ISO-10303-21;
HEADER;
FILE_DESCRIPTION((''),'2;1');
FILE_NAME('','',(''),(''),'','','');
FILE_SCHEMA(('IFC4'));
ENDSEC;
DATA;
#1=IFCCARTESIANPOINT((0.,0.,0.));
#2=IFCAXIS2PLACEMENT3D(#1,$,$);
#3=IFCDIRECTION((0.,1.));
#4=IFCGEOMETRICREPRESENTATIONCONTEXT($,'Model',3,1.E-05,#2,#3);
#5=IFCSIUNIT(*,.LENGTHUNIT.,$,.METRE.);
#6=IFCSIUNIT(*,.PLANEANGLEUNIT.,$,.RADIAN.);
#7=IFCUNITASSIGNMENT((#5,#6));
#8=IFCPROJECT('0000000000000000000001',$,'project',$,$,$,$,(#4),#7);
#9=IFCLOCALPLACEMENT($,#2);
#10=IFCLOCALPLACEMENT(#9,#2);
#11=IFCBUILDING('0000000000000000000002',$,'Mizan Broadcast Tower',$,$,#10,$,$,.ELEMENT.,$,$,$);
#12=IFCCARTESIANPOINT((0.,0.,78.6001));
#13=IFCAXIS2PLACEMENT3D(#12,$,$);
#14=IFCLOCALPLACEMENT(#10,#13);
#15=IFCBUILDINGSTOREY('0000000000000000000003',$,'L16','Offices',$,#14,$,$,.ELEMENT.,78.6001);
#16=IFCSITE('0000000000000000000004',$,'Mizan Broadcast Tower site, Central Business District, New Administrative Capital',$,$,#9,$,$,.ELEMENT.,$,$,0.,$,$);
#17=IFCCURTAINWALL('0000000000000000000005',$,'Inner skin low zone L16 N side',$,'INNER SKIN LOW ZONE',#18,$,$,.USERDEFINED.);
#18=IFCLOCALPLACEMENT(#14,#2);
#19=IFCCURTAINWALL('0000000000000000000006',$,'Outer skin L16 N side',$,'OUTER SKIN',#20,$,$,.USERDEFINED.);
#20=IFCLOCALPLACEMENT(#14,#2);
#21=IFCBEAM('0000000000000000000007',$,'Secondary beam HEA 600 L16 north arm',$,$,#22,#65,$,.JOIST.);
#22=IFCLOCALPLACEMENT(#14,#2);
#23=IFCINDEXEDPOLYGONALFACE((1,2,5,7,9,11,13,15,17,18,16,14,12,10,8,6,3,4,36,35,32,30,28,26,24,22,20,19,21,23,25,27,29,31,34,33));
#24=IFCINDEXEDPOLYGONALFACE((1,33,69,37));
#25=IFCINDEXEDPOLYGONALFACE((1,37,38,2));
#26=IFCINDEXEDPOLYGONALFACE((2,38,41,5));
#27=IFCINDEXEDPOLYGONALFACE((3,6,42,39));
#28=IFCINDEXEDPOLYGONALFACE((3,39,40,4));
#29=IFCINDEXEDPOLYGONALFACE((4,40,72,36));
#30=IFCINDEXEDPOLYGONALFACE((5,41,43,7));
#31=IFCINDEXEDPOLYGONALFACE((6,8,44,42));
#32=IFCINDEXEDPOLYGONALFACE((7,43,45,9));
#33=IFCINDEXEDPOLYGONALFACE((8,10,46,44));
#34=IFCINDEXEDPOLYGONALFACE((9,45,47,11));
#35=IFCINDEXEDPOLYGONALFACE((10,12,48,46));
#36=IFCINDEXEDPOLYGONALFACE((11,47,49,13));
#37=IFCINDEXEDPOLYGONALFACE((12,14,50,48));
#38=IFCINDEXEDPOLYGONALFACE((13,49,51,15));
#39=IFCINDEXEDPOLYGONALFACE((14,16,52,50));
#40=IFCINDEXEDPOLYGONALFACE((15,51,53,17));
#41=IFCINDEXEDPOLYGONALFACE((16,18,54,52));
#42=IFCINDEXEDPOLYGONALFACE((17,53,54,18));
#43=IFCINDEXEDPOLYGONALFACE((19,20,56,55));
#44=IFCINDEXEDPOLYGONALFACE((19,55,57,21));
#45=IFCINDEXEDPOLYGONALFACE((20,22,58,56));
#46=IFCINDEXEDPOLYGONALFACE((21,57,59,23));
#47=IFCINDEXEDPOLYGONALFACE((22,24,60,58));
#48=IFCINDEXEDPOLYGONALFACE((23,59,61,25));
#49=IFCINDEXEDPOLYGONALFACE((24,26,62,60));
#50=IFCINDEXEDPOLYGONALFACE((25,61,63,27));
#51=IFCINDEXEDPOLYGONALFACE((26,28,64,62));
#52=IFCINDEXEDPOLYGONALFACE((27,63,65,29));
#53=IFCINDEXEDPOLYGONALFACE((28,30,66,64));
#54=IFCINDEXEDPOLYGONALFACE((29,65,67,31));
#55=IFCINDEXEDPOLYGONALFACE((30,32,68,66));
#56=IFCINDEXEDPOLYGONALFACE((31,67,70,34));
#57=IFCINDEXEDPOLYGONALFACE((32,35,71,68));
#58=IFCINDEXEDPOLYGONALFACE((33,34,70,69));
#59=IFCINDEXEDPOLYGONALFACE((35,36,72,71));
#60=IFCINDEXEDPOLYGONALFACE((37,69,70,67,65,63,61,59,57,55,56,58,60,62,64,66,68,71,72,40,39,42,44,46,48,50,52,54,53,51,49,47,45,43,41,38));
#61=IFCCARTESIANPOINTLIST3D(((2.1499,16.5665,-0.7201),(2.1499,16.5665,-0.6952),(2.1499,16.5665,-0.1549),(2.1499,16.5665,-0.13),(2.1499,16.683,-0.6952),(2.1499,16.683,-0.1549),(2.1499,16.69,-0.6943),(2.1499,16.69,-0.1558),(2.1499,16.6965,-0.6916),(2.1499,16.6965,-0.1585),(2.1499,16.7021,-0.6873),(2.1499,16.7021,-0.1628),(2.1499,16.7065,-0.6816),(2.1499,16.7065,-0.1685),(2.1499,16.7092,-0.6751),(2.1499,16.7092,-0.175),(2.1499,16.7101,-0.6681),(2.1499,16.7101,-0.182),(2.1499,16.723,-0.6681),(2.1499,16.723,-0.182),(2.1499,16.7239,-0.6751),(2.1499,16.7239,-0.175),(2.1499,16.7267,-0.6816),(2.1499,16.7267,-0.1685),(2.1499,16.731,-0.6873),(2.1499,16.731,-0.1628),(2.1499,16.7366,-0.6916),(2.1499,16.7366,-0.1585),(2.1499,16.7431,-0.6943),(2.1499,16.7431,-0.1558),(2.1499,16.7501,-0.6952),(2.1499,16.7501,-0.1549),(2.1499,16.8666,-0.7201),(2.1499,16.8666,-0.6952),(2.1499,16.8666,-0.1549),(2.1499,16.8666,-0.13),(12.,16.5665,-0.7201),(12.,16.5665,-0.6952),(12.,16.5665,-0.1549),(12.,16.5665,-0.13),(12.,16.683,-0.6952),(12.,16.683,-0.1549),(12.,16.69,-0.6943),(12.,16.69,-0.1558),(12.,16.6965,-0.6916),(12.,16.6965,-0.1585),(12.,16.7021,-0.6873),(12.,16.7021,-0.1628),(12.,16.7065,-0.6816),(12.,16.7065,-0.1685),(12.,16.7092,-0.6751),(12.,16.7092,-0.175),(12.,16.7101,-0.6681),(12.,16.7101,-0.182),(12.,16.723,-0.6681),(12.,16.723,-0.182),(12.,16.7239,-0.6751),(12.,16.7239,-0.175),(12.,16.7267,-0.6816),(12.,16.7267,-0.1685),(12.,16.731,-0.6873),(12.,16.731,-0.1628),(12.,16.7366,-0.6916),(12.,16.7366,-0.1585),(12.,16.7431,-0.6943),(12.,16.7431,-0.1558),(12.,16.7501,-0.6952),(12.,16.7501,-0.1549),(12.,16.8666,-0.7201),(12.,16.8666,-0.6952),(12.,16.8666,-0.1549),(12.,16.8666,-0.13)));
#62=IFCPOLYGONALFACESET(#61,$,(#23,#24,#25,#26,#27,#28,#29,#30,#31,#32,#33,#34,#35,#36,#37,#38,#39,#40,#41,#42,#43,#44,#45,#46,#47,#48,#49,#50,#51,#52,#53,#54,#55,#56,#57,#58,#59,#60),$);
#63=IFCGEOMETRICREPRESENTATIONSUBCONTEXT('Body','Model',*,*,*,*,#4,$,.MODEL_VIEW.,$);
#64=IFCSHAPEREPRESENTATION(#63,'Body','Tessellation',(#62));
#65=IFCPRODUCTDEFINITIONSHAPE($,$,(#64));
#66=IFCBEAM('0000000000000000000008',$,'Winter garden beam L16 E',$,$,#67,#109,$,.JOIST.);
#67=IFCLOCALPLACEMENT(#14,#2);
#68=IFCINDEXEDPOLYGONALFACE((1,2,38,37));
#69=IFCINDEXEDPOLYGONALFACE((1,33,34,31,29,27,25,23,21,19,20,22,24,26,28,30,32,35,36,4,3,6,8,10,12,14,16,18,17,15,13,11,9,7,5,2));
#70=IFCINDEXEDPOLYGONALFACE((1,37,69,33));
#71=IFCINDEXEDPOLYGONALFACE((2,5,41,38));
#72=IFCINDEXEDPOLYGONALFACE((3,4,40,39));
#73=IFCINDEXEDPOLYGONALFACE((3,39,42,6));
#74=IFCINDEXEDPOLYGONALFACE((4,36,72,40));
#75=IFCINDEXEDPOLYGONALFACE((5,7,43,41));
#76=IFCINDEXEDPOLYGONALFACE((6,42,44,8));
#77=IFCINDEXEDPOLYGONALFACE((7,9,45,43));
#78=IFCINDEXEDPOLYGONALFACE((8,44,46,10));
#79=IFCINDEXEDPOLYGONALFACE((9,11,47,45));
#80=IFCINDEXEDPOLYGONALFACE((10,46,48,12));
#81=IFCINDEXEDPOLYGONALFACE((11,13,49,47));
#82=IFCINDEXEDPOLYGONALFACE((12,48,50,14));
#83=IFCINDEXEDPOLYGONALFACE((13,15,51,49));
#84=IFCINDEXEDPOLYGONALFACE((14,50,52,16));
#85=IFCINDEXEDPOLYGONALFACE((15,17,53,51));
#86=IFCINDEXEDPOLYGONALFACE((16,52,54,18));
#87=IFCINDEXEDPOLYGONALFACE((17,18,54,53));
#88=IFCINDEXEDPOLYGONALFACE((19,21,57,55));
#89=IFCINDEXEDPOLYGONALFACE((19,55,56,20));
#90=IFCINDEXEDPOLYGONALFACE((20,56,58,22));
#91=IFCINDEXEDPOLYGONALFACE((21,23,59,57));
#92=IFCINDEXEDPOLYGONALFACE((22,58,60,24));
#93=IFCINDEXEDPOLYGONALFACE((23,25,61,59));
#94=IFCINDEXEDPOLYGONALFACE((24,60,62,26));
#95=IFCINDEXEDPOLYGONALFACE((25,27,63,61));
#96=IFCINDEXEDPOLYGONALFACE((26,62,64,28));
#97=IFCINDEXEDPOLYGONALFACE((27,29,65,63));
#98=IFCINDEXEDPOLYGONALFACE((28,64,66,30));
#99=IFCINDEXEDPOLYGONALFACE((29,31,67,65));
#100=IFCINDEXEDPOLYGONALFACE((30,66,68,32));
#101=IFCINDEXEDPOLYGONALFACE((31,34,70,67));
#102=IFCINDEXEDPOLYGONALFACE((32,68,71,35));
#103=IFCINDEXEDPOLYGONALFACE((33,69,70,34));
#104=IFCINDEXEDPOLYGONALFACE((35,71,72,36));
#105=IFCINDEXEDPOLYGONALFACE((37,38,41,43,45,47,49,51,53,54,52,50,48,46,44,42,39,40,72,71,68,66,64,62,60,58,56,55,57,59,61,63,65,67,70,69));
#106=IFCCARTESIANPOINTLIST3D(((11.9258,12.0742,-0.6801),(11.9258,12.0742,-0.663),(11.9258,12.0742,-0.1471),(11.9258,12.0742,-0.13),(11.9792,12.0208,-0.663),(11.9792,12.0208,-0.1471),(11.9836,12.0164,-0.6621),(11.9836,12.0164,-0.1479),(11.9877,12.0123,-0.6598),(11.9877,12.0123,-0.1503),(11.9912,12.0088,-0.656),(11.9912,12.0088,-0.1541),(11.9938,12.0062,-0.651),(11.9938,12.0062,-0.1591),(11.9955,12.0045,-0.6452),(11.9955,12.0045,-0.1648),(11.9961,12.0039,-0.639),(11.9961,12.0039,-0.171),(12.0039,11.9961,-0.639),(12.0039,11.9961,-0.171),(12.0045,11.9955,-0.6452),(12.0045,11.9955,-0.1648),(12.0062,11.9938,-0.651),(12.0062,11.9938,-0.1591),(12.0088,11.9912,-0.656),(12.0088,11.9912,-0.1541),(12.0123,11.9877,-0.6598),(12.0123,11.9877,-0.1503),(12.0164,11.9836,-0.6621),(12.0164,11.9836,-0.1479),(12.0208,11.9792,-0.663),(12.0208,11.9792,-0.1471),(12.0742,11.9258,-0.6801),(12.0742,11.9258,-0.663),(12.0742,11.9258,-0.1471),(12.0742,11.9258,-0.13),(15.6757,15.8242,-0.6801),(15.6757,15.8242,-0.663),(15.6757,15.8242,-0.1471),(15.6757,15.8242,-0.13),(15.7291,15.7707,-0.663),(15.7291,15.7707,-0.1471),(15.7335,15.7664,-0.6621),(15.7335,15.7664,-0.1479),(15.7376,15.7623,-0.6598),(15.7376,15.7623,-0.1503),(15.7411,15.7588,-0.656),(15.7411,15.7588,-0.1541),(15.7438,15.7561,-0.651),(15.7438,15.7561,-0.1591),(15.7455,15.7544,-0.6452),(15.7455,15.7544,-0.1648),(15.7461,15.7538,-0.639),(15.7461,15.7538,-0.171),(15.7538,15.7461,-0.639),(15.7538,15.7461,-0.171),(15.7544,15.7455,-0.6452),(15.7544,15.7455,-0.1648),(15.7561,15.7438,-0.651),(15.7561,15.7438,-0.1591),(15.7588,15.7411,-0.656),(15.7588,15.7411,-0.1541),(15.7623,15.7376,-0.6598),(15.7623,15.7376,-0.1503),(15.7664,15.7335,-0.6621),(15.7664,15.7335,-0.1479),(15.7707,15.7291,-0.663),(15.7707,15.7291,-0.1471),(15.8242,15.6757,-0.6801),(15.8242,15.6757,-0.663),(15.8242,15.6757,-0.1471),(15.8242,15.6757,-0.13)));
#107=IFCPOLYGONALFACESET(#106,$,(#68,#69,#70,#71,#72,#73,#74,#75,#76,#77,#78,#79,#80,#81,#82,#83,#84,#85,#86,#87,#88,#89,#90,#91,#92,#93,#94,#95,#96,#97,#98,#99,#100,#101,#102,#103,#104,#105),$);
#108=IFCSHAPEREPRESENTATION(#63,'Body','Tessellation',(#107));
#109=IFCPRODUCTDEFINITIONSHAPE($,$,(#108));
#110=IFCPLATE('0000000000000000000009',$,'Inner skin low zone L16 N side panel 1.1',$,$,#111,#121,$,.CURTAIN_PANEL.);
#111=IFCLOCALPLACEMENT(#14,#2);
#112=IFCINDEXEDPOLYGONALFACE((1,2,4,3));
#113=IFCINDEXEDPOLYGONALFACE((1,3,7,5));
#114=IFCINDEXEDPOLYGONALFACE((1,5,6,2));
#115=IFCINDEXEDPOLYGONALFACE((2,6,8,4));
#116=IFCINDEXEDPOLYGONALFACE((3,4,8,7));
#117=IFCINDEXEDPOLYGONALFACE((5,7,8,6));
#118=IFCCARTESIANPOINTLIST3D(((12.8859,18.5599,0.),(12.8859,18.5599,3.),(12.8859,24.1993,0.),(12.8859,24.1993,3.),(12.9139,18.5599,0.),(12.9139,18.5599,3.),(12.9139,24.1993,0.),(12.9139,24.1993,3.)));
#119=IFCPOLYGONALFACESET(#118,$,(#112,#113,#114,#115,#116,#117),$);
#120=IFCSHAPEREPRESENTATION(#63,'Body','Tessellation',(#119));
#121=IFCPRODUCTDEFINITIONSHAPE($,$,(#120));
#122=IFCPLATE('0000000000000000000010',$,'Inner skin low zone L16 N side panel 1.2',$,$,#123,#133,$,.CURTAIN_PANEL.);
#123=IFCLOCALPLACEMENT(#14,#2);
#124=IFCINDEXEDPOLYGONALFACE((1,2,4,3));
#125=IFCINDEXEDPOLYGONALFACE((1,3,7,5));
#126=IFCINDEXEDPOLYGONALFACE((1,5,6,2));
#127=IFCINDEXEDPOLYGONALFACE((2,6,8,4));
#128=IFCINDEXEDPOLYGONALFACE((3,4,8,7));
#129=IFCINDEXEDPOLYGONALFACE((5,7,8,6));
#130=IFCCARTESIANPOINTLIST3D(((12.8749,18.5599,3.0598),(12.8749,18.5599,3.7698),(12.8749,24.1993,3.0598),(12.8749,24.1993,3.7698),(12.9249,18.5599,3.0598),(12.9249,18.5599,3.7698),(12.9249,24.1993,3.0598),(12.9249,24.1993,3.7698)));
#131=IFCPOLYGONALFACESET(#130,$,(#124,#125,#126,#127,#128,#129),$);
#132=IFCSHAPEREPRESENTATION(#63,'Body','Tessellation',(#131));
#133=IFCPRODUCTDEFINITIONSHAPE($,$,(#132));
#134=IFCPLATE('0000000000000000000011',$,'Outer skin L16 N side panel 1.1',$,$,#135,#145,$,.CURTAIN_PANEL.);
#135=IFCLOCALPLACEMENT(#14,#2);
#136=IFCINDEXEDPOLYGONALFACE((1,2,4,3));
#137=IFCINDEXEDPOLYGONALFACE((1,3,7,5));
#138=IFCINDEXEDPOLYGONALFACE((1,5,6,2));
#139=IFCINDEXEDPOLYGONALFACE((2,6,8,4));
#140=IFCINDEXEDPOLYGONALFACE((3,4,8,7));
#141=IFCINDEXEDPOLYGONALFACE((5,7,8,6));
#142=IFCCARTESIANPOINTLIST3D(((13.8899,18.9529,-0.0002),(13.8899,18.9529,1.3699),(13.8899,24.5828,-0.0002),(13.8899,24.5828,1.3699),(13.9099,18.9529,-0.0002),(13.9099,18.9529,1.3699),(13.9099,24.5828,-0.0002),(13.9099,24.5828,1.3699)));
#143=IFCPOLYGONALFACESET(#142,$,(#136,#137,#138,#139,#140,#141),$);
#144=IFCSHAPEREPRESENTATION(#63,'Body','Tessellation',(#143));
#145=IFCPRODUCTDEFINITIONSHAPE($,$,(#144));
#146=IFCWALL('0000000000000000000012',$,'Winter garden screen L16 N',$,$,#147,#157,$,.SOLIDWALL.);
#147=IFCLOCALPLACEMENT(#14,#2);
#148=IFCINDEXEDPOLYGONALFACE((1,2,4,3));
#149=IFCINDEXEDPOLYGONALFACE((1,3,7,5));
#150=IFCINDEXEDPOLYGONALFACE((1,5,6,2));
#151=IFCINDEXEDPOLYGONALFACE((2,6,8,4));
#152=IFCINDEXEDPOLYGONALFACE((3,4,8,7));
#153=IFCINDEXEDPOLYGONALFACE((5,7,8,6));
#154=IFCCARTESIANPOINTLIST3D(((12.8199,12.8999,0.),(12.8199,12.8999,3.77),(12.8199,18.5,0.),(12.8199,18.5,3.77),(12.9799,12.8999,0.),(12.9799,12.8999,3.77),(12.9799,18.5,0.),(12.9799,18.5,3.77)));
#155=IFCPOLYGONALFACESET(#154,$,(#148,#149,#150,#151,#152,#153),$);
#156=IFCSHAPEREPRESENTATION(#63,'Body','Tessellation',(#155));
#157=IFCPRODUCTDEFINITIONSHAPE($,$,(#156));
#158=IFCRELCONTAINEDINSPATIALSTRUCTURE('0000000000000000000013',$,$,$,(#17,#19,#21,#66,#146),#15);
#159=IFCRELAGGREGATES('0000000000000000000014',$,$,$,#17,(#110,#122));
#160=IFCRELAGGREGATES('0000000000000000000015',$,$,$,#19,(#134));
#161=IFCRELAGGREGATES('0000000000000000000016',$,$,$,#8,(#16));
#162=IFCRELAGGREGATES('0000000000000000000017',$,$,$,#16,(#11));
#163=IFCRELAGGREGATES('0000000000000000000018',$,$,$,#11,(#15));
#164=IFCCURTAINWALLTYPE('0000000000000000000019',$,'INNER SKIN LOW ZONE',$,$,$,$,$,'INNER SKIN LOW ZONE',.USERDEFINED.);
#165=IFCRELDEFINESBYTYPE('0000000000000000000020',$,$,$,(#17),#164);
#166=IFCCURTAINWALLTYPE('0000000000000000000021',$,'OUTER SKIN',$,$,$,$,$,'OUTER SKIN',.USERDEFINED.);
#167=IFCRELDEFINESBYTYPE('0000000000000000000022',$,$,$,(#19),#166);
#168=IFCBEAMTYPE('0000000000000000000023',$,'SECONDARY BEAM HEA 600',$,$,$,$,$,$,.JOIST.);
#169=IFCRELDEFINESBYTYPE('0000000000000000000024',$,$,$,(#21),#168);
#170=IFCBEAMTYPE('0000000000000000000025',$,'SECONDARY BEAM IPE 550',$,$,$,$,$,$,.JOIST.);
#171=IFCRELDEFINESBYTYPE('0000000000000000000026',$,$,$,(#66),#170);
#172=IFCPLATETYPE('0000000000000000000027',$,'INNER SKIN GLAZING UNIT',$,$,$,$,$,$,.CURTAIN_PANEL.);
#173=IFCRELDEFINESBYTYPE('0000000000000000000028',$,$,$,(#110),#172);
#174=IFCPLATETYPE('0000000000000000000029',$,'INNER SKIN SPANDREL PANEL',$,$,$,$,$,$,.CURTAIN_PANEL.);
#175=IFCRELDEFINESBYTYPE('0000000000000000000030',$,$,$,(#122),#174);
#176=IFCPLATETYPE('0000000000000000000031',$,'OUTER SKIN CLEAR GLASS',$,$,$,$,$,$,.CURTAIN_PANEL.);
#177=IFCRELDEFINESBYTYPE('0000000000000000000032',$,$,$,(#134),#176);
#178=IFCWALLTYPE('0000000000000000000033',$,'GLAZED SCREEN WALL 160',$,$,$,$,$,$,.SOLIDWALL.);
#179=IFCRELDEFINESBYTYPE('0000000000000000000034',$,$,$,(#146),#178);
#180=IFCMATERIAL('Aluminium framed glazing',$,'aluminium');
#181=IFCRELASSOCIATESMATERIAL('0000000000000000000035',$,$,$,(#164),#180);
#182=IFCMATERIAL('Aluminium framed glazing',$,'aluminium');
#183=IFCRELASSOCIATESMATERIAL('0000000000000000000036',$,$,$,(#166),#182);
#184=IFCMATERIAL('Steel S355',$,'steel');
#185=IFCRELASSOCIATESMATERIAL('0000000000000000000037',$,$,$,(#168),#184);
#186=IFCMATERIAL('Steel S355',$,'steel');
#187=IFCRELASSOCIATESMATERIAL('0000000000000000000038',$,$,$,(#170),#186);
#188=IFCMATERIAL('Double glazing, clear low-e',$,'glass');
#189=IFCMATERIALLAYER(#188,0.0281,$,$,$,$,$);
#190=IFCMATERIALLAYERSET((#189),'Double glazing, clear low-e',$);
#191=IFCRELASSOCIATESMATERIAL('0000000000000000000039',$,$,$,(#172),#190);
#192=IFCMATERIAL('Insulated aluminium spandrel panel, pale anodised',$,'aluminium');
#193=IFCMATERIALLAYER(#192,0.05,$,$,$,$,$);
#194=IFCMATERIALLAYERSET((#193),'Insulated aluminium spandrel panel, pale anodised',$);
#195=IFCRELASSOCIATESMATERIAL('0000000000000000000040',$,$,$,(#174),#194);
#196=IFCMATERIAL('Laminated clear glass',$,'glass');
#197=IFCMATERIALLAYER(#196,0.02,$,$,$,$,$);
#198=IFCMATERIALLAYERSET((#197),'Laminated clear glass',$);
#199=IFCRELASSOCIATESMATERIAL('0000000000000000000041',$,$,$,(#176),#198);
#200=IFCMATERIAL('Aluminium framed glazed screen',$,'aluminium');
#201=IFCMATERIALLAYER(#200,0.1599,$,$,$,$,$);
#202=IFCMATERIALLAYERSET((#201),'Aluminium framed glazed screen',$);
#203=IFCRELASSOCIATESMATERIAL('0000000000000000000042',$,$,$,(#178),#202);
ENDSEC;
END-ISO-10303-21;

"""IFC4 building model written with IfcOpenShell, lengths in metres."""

from ifc_helpers import new_model, si_unit, direction, frame, frame_2d, origin, origin_2d, place, context, subcontext, project, spatial, rectangle, i_section, extrude, material, layer, layer_set, material_profile, profile_set, type_object, element, aggregate, save


model = new_model("IFC4")

# Units and contexts
model_context = context("Model", 3, precision=1e-05, world=origin(), true_north=direction((0.0, 1.0)))
body_context = subcontext(model_context, "Body", "Model", "MODEL_VIEW")
ifc_project = project(units=[si_unit("LENGTHUNIT", "METRE"), si_unit("PLANEANGLEUNIT", "RADIAN")], contexts=[model_context])

# Site, building, storey
site_placement = place(None, origin())
site = spatial("IfcSite", under=ifc_project, at=site_placement, Name="Mizan Broadcast Tower site, Central Business District, New Administrative Capital", CompositionType="ELEMENT", RefElevation=0.0)
building_placement = place(site_placement, origin())
building = spatial("IfcBuilding", under=site, at=building_placement, Name="Mizan Broadcast Tower", CompositionType="ELEMENT")
storey_placement = place(building_placement, frame((0.0, 0.0, 78.6001)))
storey = spatial("IfcBuildingStorey", under=building, at=storey_placement, Name="L16", Description="Offices", CompositionType="ELEMENT", Elevation=78.6001)

# Curtain walls
ifc_material_1 = material(Name="Aluminium framed glazing", Category="aluminium")
curtain_wall_type_1 = type_object("IfcCurtainWallType", Name="INNER SKIN LOW ZONE", ElementType="INNER SKIN LOW ZONE", PredefinedType="USERDEFINED", material=ifc_material_1)
curtain_wall_1_placement = place(storey_placement, origin())
curtain_wall_1 = element("IfcCurtainWall", 1, at=curtain_wall_1_placement, inside=storey, type_object=curtain_wall_type_1, Name="Inner skin low zone L16 N side", ObjectType="INNER SKIN LOW ZONE", PredefinedType="USERDEFINED")
ifc_material_2 = material(Name="Aluminium framed glazing", Category="aluminium")
curtain_wall_type_2 = type_object("IfcCurtainWallType", Name="OUTER SKIN", ElementType="OUTER SKIN", PredefinedType="USERDEFINED", material=ifc_material_2)
curtain_wall_2_placement = place(storey_placement, origin())
curtain_wall_2 = element("IfcCurtainWall", 2, at=curtain_wall_2_placement, inside=storey, type_object=curtain_wall_type_2, Name="Outer skin L16 N side", ObjectType="OUTER SKIN", PredefinedType="USERDEFINED")

# Beams
ifc_material_3 = material(Name="Steel S355", Category="steel")
ifc_material_profile_1 = material_profile(ifc_material_3, i_section(OverallWidth=0.3, OverallDepth=0.5901, WebThickness=0.0129, FlangeThickness=0.0249, FilletRadius=0.0271, at=origin_2d()), Name="HEA 600")
ifc_profile_set_1 = profile_set([ifc_material_profile_1], Name="Steel S355")
beam_type_1 = type_object("IfcBeamType", Name="SECONDARY BEAM HEA 600", PredefinedType="JOIST", material=ifc_profile_set_1)
for number, where, z_axis, x_axis, name in (
    (3, (12.0, 16.7166, -0.425), (-1.0, 0.0, 0.0), (0.0, -1.0, 0.0), "Secondary beam HEA 600 L16 north arm"),
):
    element("IfcBeam", number, at=place(storey_placement, frame(where, z_axis=z_axis, x_axis=x_axis)), inside=storey, type_object=beam_type_1, Name=name, PredefinedType="JOIST", context=body_context, shape_type="SweptSolid", body=[
        extrude(i_section(OverallWidth=0.3, OverallDepth=0.5901, WebThickness=0.0129, FlangeThickness=0.0249, FilletRadius=0.0271, at=origin_2d()), origin(), (0.0, 0.0, 1.0), 9.8501),
    ])
ifc_material_4 = material(Name="Steel S355", Category="steel")
ifc_material_profile_2 = material_profile(ifc_material_4, i_section(OverallWidth=0.21, OverallDepth=0.55, WebThickness=0.011, FlangeThickness=0.0171, FilletRadius=0.0239, at=origin_2d()), Name="IPE 550")
ifc_profile_set_2 = profile_set([ifc_material_profile_2], Name="Steel S355")
beam_type_2 = type_object("IfcBeamType", Name="SECONDARY BEAM IPE 550", PredefinedType="JOIST", material=ifc_profile_set_2)
beam_1_placement = place(storey_placement, frame((12.0, 12.0, -0.405), z_axis=(0.707107, 0.707107, 0.0), x_axis=(-0.707107, 0.707107, 0.0)))
element("IfcBeam", 4, at=beam_1_placement, inside=storey, type_object=beam_type_2, Name="Winter garden beam L16 E", PredefinedType="JOIST", context=body_context, shape_type="SweptSolid", body=[
    extrude(i_section(OverallWidth=0.21, OverallDepth=0.55, WebThickness=0.011, FlangeThickness=0.0171, FilletRadius=0.0239, at=origin_2d()), origin(), (0.0, 0.0, 1.0), 5.3032),
])

# Plates
ifc_material_5 = material(Name="Double glazing, clear low-e", Category="glass")
ifc_layer_1 = layer(ifc_material_5, 0.0281)
ifc_layer_set_1 = layer_set([ifc_layer_1], Name="Double glazing, clear low-e")
plate_type_1 = type_object("IfcPlateType", Name="INNER SKIN GLAZING UNIT", PredefinedType="CURTAIN_PANEL", material=ifc_layer_set_1)
plate_1_placement = place(storey_placement, frame((12.8999, 21.3796, 0.0), z_axis=(0.0, 0.0, 1.0), x_axis=(0.0, 1.0, 0.0)))
plate_1 = element("IfcPlate", 5, at=plate_1_placement, type_object=plate_type_1, Name="Inner skin low zone L16 N side panel 1.1", PredefinedType="CURTAIN_PANEL", context=body_context, shape_type="SweptSolid", body=[
    extrude(rectangle(XDim=5.6394, YDim=0.0281, at=origin_2d()), origin(), (0.0, 0.0, 1.0), 3.0),
])
ifc_material_6 = material(Name="Insulated aluminium spandrel panel, pale anodised", Category="aluminium")
ifc_layer_2 = layer(ifc_material_6, 0.05)
ifc_layer_set_2 = layer_set([ifc_layer_2], Name="Insulated aluminium spandrel panel, pale anodised")
plate_type_2 = type_object("IfcPlateType", Name="INNER SKIN SPANDREL PANEL", PredefinedType="CURTAIN_PANEL", material=ifc_layer_set_2)
plate_2_placement = place(storey_placement, frame((12.8999, 21.3796, 3.0598), z_axis=(0.0, 0.0, 1.0), x_axis=(0.0, 1.0, 0.0)))
plate_2 = element("IfcPlate", 6, at=plate_2_placement, type_object=plate_type_2, Name="Inner skin low zone L16 N side panel 1.2", PredefinedType="CURTAIN_PANEL", context=body_context, shape_type="SweptSolid", body=[
    extrude(rectangle(XDim=5.6394, YDim=0.05, at=origin_2d()), origin(), (0.0, 0.0, 1.0), 0.71),
])
aggregate(curtain_wall_1, [plate_1, plate_2])
ifc_material_7 = material(Name="Laminated clear glass", Category="glass")
ifc_layer_3 = layer(ifc_material_7, 0.02)
ifc_layer_set_3 = layer_set([ifc_layer_3], Name="Laminated clear glass")
plate_type_3 = type_object("IfcPlateType", Name="OUTER SKIN CLEAR GLASS", PredefinedType="CURTAIN_PANEL", material=ifc_layer_set_3)
plate_3_placement = place(storey_placement, frame((13.8999, 21.7678, -0.0002), z_axis=(0.0, 0.0, 1.0), x_axis=(0.0, 1.0, 0.0)))
plate_3 = element("IfcPlate", 7, at=plate_3_placement, type_object=plate_type_3, Name="Outer skin L16 N side panel 1.1", PredefinedType="CURTAIN_PANEL", context=body_context, shape_type="SweptSolid", body=[
    extrude(rectangle(XDim=5.6299, YDim=0.02, at=origin_2d()), origin(), (0.0, 0.0, 1.0), 1.3701),
])
aggregate(curtain_wall_2, [plate_3])

# Wall
ifc_material_8 = material(Name="Aluminium framed glazed screen", Category="aluminium")
ifc_layer_4 = layer(ifc_material_8, 0.1599)
ifc_layer_set_4 = layer_set([ifc_layer_4], Name="Aluminium framed glazed screen")
wall_type_1 = type_object("IfcWallType", Name="GLAZED SCREEN WALL 160", PredefinedType="SOLIDWALL", material=ifc_layer_set_4)
wall_1_placement = place(storey_placement, frame((12.8999, 12.8999, 0.0), z_axis=(0.0, 0.0, 1.0), x_axis=(0.0, 1.0, 0.0)))
element("IfcWall", 8, at=wall_1_placement, inside=storey, type_object=wall_type_1, Name="Winter garden screen L16 N", PredefinedType="SOLIDWALL", context=body_context, shape_type="SweptSolid", body=[
    extrude(rectangle(XDim=5.6001, YDim=0.1599, at=frame_2d((2.8, 0.0))), origin(), (0.0, 0.0, 1.0), 3.77),
])

save(model, "model.ifc")
